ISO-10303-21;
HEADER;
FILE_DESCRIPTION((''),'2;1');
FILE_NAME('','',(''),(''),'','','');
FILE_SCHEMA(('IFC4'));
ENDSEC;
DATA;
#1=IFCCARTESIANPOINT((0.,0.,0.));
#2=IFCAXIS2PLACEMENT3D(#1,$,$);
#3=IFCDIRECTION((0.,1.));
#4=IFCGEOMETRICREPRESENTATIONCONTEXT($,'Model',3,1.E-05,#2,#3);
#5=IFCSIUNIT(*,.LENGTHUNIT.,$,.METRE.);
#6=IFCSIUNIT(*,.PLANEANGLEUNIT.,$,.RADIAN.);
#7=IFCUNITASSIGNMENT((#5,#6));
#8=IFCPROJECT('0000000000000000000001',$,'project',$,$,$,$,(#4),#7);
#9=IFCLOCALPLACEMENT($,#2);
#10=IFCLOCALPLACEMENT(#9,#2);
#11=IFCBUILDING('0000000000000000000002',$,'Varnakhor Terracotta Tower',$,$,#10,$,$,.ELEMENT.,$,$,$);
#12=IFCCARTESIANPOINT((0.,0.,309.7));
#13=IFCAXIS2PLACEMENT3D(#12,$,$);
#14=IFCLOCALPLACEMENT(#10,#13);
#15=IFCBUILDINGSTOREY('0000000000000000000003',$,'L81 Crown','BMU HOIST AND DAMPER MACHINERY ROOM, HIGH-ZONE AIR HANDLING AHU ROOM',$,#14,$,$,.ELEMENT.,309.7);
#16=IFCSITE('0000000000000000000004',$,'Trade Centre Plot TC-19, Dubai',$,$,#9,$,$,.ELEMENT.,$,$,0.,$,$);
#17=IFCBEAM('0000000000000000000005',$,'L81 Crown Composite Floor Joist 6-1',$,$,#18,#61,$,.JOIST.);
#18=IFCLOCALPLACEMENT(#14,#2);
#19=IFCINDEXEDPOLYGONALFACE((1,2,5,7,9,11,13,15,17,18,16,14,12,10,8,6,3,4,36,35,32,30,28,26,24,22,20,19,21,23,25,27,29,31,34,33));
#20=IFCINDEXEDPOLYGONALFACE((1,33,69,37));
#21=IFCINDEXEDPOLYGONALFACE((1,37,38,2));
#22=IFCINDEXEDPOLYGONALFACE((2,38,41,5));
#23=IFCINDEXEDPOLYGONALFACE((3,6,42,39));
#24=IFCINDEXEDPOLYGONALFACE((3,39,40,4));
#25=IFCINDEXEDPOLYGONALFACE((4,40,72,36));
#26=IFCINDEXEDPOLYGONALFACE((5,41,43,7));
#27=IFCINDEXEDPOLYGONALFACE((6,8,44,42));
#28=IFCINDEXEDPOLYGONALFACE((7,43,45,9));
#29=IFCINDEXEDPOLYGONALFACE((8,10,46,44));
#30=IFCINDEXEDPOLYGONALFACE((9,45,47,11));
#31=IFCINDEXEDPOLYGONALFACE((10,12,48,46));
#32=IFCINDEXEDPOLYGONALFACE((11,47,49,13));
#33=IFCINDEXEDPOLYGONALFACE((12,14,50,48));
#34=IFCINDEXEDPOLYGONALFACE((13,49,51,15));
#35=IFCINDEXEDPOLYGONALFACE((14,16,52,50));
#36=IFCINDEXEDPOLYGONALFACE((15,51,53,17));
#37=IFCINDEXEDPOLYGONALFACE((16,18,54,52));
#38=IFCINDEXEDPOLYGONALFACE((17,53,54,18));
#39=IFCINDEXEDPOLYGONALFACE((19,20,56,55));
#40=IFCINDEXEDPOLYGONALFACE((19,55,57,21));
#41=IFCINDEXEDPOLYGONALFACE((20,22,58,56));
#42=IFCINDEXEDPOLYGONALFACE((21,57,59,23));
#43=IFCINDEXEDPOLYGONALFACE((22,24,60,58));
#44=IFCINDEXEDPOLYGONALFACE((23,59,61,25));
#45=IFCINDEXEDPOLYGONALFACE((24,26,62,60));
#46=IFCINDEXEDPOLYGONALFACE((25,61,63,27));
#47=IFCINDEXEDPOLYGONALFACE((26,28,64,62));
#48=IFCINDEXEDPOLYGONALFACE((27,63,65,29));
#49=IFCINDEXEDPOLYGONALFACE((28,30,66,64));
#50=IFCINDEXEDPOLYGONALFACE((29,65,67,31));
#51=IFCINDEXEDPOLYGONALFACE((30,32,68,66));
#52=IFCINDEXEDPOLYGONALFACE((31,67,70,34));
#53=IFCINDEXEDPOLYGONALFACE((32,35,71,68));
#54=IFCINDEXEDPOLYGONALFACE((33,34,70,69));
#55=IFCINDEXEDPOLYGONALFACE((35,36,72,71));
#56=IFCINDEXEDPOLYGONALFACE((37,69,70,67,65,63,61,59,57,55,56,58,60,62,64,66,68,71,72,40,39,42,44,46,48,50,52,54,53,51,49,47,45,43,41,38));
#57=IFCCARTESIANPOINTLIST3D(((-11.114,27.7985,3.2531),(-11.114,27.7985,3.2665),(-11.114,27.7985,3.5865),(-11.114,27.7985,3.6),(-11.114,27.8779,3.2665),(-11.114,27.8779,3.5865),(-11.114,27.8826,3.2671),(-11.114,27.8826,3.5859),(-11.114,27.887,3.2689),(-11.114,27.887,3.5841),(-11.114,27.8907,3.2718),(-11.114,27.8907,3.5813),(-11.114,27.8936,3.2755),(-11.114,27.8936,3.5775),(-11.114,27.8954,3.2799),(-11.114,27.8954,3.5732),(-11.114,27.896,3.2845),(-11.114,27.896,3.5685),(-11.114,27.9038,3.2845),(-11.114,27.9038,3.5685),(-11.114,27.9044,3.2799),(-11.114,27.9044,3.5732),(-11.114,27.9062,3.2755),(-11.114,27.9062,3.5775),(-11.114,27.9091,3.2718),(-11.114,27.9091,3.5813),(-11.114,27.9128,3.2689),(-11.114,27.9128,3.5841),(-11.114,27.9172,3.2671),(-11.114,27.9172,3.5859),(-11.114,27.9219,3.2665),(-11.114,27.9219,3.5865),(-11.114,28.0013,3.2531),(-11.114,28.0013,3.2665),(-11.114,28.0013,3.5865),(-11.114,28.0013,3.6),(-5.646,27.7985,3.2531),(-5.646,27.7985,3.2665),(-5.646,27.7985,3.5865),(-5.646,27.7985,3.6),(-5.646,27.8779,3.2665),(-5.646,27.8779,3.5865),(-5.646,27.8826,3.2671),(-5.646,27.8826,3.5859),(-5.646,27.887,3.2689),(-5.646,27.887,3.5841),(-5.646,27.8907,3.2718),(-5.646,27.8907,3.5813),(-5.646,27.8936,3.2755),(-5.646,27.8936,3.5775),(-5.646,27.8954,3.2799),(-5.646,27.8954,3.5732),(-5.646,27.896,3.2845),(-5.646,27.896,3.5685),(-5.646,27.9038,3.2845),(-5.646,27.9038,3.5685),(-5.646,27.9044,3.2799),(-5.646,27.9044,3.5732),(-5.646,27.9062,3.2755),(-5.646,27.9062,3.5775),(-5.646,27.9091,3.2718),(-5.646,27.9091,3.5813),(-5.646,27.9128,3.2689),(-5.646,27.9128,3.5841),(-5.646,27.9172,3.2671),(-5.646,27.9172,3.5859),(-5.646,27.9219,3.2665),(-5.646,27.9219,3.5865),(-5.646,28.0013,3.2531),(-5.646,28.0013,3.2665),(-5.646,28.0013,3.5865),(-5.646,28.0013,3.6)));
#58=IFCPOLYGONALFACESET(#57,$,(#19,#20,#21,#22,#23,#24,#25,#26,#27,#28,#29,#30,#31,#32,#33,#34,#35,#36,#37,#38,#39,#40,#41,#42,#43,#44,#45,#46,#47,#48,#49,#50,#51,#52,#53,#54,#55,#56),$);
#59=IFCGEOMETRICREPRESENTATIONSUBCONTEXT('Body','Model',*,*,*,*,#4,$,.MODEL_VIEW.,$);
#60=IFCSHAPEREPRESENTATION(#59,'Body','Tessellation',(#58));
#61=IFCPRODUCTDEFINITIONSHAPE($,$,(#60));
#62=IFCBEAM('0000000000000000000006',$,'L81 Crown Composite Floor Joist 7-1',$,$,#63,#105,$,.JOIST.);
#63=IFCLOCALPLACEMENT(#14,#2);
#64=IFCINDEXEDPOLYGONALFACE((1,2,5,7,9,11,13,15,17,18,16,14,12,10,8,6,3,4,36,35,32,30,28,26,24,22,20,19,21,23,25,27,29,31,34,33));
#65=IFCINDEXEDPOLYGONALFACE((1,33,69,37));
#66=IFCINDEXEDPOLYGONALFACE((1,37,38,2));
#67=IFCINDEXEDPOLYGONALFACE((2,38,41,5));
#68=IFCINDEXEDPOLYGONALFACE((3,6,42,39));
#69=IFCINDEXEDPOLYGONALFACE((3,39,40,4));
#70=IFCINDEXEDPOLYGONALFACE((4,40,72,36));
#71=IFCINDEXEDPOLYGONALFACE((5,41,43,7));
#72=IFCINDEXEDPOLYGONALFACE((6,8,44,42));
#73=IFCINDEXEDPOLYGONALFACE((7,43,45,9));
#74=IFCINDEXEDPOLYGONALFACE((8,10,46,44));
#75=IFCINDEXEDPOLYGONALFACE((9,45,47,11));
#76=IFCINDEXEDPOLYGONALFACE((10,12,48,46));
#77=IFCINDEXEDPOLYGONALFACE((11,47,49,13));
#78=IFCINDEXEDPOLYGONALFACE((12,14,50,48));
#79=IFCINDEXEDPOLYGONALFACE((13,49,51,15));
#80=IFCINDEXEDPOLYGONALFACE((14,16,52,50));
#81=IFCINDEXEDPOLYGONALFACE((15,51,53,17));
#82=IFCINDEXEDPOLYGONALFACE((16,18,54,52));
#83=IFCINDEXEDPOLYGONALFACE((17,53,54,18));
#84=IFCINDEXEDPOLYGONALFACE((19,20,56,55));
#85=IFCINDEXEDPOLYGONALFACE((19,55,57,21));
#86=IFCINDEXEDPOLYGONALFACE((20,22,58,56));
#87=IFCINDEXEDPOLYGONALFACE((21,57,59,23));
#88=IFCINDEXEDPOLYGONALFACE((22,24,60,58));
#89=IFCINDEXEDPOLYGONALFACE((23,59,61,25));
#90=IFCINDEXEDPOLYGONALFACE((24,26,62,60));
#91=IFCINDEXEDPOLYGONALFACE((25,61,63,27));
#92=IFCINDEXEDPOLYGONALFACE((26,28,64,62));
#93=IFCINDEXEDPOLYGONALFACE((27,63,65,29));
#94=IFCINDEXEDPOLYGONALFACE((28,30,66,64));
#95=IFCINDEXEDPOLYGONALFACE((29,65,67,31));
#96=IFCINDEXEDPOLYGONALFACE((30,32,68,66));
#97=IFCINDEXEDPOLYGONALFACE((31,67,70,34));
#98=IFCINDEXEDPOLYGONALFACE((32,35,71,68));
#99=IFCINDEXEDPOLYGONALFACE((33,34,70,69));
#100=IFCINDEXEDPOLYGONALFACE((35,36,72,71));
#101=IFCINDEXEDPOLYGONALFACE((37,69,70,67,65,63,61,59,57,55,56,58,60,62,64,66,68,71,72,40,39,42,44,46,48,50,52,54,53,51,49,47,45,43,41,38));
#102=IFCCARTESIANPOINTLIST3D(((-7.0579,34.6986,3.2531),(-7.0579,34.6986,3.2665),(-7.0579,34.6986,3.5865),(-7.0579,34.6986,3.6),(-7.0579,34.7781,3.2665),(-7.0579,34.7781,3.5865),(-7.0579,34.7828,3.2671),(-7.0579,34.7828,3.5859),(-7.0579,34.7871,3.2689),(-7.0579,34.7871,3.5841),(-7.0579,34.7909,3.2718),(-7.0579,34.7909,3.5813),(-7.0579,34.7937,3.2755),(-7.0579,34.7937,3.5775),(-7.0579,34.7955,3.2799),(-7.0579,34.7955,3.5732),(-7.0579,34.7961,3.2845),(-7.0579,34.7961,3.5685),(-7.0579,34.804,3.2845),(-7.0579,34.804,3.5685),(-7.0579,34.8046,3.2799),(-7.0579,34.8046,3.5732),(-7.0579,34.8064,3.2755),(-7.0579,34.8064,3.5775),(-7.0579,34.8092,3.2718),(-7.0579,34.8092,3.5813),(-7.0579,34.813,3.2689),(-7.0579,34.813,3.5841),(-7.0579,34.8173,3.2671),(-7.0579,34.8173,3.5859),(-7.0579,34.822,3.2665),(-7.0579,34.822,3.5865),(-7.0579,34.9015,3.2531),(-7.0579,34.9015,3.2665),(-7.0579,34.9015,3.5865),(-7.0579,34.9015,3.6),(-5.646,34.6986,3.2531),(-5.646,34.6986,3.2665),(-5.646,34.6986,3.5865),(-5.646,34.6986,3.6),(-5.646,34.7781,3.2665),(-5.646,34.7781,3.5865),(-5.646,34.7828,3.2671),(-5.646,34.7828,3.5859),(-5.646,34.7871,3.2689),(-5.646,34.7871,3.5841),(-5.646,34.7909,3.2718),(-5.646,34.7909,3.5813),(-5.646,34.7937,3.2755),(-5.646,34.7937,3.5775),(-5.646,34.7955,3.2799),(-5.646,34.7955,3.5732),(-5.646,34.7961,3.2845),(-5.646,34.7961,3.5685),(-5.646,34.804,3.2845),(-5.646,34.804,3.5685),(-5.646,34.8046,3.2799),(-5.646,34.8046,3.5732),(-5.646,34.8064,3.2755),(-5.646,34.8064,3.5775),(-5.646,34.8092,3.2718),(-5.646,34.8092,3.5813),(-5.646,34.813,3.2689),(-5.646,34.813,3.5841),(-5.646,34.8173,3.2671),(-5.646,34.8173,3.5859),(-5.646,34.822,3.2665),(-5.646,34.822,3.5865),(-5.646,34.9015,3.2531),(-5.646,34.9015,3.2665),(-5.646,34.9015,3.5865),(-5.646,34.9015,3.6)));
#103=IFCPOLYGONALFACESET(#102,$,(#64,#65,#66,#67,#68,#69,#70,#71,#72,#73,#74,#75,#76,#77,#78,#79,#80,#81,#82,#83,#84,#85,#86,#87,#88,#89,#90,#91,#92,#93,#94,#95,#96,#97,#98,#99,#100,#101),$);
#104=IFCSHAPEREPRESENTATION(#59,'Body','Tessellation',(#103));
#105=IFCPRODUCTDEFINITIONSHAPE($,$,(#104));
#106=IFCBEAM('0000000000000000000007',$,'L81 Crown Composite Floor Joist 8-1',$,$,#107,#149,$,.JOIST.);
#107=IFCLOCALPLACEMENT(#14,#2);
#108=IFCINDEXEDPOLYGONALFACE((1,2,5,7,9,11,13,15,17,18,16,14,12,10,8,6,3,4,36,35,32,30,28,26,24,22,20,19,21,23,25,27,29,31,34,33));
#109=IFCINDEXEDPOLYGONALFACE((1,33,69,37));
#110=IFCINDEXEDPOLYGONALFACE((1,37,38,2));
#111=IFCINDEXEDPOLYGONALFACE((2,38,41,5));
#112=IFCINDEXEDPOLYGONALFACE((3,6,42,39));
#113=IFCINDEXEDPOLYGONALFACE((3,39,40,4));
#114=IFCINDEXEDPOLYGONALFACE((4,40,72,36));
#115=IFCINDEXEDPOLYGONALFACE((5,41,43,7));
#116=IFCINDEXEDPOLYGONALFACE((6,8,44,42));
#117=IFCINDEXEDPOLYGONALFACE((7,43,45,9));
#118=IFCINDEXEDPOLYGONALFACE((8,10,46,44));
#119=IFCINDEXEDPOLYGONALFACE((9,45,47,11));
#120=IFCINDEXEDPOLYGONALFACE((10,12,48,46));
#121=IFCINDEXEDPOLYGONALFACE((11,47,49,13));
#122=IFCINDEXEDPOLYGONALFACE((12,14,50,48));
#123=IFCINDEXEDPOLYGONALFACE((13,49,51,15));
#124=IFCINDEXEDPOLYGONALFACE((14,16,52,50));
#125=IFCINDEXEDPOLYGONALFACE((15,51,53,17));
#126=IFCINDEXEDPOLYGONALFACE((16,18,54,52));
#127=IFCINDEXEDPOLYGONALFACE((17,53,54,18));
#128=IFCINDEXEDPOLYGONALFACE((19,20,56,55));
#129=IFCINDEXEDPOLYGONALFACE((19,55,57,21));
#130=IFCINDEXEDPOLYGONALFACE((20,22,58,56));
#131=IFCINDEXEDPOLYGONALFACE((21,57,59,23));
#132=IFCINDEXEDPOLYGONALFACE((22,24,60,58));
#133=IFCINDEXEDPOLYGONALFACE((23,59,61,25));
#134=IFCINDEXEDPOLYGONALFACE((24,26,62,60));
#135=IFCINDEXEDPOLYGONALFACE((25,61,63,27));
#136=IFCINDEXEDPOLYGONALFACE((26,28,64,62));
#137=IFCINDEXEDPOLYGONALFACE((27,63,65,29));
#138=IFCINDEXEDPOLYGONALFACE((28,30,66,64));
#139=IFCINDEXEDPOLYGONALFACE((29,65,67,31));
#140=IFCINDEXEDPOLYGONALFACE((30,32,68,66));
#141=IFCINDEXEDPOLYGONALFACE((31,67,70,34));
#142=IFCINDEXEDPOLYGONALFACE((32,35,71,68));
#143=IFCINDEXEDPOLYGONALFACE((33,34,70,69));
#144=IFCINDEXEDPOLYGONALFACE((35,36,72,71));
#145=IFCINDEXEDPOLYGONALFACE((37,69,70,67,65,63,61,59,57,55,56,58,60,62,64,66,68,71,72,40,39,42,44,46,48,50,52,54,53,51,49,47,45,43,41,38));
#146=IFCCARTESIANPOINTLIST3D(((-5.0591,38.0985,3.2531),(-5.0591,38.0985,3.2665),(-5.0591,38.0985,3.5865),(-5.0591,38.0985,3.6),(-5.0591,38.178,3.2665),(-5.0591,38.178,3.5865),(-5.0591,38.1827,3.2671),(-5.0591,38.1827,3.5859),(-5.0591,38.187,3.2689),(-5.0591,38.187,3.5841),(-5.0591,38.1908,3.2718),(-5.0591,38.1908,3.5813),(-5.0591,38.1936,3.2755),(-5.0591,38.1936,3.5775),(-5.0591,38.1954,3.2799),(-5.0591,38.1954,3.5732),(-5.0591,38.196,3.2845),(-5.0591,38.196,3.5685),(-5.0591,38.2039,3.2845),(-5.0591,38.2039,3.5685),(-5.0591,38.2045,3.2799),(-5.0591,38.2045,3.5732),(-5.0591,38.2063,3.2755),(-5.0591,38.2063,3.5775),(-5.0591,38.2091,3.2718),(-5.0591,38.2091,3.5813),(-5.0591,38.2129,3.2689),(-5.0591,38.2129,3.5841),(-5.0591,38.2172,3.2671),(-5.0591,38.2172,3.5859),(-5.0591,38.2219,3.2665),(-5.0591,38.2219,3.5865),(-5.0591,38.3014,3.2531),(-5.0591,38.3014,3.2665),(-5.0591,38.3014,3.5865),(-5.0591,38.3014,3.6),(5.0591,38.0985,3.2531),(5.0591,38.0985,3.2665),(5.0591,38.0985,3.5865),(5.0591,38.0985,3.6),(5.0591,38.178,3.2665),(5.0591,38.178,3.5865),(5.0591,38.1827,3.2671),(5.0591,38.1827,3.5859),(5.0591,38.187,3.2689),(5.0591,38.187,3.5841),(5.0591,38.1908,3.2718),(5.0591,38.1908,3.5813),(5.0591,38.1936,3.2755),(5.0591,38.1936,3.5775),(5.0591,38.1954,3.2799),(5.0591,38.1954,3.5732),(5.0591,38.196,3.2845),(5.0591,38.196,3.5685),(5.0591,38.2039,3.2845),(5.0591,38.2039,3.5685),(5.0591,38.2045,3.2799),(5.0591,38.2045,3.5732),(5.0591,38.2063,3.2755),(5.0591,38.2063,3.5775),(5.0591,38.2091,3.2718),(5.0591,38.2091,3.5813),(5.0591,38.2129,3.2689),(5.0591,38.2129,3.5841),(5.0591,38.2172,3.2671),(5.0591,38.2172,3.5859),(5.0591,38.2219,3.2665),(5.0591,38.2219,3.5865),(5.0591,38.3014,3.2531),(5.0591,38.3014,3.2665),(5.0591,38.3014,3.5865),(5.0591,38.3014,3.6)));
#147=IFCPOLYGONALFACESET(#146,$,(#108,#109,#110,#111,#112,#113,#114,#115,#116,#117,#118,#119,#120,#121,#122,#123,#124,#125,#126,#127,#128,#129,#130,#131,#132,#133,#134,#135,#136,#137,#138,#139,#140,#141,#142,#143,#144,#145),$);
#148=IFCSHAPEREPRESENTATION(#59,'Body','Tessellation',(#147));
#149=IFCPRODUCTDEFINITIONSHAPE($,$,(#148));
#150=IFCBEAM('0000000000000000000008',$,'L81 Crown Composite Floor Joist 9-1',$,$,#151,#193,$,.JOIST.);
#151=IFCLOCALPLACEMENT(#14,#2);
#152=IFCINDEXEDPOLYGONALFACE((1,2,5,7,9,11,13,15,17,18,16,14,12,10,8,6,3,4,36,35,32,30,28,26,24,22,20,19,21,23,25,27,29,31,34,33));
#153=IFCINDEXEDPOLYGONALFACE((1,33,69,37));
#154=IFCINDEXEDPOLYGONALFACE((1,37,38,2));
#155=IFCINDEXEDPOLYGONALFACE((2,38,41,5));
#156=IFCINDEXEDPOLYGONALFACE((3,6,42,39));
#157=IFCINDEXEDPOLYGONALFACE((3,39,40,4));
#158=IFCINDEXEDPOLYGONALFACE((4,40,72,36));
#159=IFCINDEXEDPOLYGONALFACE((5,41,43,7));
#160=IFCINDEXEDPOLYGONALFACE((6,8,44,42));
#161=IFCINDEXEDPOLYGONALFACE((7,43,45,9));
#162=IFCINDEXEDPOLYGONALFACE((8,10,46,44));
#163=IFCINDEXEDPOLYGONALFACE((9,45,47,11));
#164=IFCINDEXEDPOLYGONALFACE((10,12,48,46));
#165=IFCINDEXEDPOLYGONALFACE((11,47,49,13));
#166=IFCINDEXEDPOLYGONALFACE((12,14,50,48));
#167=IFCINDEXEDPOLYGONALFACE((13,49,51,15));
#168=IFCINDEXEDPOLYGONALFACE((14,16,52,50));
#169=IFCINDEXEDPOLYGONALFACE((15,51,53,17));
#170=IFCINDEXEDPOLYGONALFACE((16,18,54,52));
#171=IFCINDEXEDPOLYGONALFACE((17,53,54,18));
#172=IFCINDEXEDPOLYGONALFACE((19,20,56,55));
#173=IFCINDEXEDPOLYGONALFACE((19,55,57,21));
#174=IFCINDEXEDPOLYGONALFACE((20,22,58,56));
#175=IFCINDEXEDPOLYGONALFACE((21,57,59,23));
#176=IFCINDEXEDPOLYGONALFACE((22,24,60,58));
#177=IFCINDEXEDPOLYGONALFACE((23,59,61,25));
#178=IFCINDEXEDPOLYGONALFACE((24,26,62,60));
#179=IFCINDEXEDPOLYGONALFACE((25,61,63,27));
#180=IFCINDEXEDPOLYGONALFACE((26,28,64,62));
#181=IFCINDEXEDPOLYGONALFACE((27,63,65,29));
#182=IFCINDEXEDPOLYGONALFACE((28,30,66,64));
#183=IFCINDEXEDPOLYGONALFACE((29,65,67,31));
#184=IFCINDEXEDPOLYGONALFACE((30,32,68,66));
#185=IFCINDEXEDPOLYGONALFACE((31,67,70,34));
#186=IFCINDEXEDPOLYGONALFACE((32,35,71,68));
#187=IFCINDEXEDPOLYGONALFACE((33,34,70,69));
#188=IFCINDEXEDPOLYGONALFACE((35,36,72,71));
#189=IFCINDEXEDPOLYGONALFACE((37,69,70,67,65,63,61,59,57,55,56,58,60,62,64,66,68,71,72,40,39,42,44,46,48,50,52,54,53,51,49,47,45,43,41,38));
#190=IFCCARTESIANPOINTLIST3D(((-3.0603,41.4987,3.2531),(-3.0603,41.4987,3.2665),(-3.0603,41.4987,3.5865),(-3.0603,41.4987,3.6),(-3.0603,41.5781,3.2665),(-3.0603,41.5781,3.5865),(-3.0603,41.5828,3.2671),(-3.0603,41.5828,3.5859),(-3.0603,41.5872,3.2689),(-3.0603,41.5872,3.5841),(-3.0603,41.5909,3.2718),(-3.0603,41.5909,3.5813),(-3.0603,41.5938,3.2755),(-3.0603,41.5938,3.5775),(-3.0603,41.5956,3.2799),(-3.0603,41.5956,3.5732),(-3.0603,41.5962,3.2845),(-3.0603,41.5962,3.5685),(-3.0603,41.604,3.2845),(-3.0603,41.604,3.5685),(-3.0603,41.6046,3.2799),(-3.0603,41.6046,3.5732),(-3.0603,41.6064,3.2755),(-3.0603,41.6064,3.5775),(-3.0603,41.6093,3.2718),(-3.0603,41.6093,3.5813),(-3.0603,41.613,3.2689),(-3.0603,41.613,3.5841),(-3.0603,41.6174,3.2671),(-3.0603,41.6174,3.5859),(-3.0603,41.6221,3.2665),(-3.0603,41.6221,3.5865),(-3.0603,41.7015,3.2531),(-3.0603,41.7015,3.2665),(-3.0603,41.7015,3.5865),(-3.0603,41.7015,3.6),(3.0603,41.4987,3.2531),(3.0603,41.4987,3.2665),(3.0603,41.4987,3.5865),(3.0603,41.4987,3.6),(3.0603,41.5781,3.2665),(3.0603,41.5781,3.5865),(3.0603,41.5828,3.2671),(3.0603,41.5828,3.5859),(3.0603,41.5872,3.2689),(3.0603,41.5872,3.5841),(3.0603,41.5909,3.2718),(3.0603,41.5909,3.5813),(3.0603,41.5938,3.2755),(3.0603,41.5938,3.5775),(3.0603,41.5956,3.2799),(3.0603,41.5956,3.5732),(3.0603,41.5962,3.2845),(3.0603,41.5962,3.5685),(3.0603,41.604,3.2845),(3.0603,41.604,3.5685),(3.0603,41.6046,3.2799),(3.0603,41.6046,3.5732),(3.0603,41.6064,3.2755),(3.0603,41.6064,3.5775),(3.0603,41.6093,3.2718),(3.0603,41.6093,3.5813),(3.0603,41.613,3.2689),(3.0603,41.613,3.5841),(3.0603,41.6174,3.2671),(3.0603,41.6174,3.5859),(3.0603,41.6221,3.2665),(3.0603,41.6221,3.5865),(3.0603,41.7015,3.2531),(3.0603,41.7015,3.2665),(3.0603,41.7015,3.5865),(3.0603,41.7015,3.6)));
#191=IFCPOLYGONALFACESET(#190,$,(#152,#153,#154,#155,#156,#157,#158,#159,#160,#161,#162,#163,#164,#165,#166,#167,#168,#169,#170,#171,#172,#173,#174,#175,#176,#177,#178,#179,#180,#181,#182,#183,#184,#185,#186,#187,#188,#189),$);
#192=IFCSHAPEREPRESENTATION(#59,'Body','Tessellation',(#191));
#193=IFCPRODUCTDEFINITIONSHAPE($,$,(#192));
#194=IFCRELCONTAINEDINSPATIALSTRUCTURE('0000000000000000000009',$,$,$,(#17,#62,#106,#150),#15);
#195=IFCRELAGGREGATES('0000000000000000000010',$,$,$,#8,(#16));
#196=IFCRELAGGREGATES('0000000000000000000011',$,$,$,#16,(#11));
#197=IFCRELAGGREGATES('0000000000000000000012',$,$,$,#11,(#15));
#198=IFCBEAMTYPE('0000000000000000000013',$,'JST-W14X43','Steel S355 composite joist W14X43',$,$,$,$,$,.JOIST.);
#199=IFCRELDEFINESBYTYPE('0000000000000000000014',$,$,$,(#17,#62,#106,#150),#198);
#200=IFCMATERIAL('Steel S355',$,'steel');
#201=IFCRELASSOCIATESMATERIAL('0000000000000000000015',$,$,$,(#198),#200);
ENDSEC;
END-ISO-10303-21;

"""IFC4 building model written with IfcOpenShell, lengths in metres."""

from ifc_helpers import new_model, si_unit, direction, frame, origin, origin_2d, place, context, subcontext, project, spatial, i_section, extrude, source, transform, mapped, material, material_profile, profile_set, type_object, element, save


model = new_model("IFC4")

# Units and contexts
model_context = context("Model", 3, precision=1e-05, world=origin(), true_north=direction((0.0, 1.0)))
body_context = subcontext(model_context, "Body", "Model", "MODEL_VIEW")
ifc_project = project(units=[si_unit("LENGTHUNIT", "METRE"), si_unit("PLANEANGLEUNIT", "RADIAN")], contexts=[model_context])

# Site, building, storey
site_placement = place(None, origin())
site = spatial("IfcSite", under=ifc_project, at=site_placement, Name="Trade Centre Plot TC-19, Dubai", CompositionType="ELEMENT", RefElevation=0.0)
building_placement = place(site_placement, origin())
building = spatial("IfcBuilding", under=site, at=building_placement, Name="Varnakhor Terracotta Tower", CompositionType="ELEMENT")
storey_placement = place(building_placement, frame((0.0, 0.0, 309.7)))
storey = spatial("IfcBuildingStorey", under=building, at=storey_placement, Name="L81 Crown", Description="BMU HOIST AND DAMPER MACHINERY ROOM, HIGH-ZONE AIR HANDLING AHU ROOM", CompositionType="ELEMENT", Elevation=309.7)

# Beams
ifc_material_1 = material(Name="Steel S355", Category="steel")
ifc_material_profile_1 = material_profile(ifc_material_1, i_section(OverallWidth=0.2029, OverallDepth=0.3469, WebThickness=0.0078, FlangeThickness=0.0134, FilletRadius=0.0181, at=origin_2d()), Name="W14X43")
ifc_profile_set_1 = profile_set([ifc_material_profile_1], Name="Steel S355")
beam_type_1 = type_object("IfcBeamType", Name="JST-W14X43", Description="Steel S355 composite joist W14X43", PredefinedType="JOIST", material=ifc_profile_set_1)
shared_shape_1 = source(origin(), body_context, "Body", "SweptSolid", [
    extrude(i_section(OverallWidth=0.2029, OverallDepth=0.3469, WebThickness=0.0078, FlangeThickness=0.0134, FilletRadius=0.0181, at=origin_2d()), origin(), (0.0, 0.0, 1.0), 5.468),
])
beam_1_placement = place(storey_placement, frame((-11.114, 27.8999, 3.4265), z_axis=(1.0, 0.0, 0.0), x_axis=(0.0, 1.0, 0.0)))
element("IfcBeam", 1, at=beam_1_placement, inside=storey, type_object=beam_type_1, Name="L81 Crown Composite Floor Joist 6-1", PredefinedType="JOIST", context=body_context, shape_type="MappedRepresentation", body=[
    mapped(shared_shape_1, transform((0.0, 0.0, 0.0), scale=1.0)),
])
shared_shape_2 = source(origin(), body_context, "Body", "SweptSolid", [
    extrude(i_section(OverallWidth=0.2029, OverallDepth=0.3469, WebThickness=0.0078, FlangeThickness=0.0134, FilletRadius=0.0181, at=origin_2d()), origin(), (0.0, 0.0, 1.0), 1.4119),
])
beam_2_placement = place(storey_placement, frame((-7.0579, 34.8, 3.4265), z_axis=(1.0, 0.0, 0.0), x_axis=(0.0, 1.0, 0.0)))
element("IfcBeam", 2, at=beam_2_placement, inside=storey, type_object=beam_type_1, Name="L81 Crown Composite Floor Joist 7-1", PredefinedType="JOIST", context=body_context, shape_type="MappedRepresentation", body=[
    mapped(shared_shape_2, transform((0.0, 0.0, 0.0), scale=1.0)),
])
shared_shape_3 = source(origin(), body_context, "Body", "SweptSolid", [
    extrude(i_section(OverallWidth=0.2029, OverallDepth=0.3469, WebThickness=0.0078, FlangeThickness=0.0134, FilletRadius=0.0181, at=origin_2d()), origin(), (0.0, 0.0, 1.0), 10.1182),
])
beam_3_placement = place(storey_placement, frame((-5.0591, 38.2, 3.4265), z_axis=(1.0, 0.0, 0.0), x_axis=(0.0, 1.0, 0.0)))
element("IfcBeam", 3, at=beam_3_placement, inside=storey, type_object=beam_type_1, Name="L81 Crown Composite Floor Joist 8-1", PredefinedType="JOIST", context=body_context, shape_type="MappedRepresentation", body=[
    mapped(shared_shape_3, transform((0.0, 0.0, 0.0), scale=1.0)),
])
shared_shape_4 = source(origin(), body_context, "Body", "SweptSolid", [
    extrude(i_section(OverallWidth=0.2029, OverallDepth=0.3469, WebThickness=0.0078, FlangeThickness=0.0134, FilletRadius=0.0181, at=origin_2d()), origin(), (0.0, 0.0, 1.0), 6.1206),
])
beam_4_placement = place(storey_placement, frame((-3.0603, 41.6001, 3.4265), z_axis=(1.0, 0.0, 0.0), x_axis=(0.0, 1.0, 0.0)))
element("IfcBeam", 4, at=beam_4_placement, inside=storey, type_object=beam_type_1, Name="L81 Crown Composite Floor Joist 9-1", PredefinedType="JOIST", context=body_context, shape_type="MappedRepresentation", body=[
    mapped(shared_shape_4, transform((0.0, 0.0, 0.0), scale=1.0)),
])

save(model, "model.ifc")
